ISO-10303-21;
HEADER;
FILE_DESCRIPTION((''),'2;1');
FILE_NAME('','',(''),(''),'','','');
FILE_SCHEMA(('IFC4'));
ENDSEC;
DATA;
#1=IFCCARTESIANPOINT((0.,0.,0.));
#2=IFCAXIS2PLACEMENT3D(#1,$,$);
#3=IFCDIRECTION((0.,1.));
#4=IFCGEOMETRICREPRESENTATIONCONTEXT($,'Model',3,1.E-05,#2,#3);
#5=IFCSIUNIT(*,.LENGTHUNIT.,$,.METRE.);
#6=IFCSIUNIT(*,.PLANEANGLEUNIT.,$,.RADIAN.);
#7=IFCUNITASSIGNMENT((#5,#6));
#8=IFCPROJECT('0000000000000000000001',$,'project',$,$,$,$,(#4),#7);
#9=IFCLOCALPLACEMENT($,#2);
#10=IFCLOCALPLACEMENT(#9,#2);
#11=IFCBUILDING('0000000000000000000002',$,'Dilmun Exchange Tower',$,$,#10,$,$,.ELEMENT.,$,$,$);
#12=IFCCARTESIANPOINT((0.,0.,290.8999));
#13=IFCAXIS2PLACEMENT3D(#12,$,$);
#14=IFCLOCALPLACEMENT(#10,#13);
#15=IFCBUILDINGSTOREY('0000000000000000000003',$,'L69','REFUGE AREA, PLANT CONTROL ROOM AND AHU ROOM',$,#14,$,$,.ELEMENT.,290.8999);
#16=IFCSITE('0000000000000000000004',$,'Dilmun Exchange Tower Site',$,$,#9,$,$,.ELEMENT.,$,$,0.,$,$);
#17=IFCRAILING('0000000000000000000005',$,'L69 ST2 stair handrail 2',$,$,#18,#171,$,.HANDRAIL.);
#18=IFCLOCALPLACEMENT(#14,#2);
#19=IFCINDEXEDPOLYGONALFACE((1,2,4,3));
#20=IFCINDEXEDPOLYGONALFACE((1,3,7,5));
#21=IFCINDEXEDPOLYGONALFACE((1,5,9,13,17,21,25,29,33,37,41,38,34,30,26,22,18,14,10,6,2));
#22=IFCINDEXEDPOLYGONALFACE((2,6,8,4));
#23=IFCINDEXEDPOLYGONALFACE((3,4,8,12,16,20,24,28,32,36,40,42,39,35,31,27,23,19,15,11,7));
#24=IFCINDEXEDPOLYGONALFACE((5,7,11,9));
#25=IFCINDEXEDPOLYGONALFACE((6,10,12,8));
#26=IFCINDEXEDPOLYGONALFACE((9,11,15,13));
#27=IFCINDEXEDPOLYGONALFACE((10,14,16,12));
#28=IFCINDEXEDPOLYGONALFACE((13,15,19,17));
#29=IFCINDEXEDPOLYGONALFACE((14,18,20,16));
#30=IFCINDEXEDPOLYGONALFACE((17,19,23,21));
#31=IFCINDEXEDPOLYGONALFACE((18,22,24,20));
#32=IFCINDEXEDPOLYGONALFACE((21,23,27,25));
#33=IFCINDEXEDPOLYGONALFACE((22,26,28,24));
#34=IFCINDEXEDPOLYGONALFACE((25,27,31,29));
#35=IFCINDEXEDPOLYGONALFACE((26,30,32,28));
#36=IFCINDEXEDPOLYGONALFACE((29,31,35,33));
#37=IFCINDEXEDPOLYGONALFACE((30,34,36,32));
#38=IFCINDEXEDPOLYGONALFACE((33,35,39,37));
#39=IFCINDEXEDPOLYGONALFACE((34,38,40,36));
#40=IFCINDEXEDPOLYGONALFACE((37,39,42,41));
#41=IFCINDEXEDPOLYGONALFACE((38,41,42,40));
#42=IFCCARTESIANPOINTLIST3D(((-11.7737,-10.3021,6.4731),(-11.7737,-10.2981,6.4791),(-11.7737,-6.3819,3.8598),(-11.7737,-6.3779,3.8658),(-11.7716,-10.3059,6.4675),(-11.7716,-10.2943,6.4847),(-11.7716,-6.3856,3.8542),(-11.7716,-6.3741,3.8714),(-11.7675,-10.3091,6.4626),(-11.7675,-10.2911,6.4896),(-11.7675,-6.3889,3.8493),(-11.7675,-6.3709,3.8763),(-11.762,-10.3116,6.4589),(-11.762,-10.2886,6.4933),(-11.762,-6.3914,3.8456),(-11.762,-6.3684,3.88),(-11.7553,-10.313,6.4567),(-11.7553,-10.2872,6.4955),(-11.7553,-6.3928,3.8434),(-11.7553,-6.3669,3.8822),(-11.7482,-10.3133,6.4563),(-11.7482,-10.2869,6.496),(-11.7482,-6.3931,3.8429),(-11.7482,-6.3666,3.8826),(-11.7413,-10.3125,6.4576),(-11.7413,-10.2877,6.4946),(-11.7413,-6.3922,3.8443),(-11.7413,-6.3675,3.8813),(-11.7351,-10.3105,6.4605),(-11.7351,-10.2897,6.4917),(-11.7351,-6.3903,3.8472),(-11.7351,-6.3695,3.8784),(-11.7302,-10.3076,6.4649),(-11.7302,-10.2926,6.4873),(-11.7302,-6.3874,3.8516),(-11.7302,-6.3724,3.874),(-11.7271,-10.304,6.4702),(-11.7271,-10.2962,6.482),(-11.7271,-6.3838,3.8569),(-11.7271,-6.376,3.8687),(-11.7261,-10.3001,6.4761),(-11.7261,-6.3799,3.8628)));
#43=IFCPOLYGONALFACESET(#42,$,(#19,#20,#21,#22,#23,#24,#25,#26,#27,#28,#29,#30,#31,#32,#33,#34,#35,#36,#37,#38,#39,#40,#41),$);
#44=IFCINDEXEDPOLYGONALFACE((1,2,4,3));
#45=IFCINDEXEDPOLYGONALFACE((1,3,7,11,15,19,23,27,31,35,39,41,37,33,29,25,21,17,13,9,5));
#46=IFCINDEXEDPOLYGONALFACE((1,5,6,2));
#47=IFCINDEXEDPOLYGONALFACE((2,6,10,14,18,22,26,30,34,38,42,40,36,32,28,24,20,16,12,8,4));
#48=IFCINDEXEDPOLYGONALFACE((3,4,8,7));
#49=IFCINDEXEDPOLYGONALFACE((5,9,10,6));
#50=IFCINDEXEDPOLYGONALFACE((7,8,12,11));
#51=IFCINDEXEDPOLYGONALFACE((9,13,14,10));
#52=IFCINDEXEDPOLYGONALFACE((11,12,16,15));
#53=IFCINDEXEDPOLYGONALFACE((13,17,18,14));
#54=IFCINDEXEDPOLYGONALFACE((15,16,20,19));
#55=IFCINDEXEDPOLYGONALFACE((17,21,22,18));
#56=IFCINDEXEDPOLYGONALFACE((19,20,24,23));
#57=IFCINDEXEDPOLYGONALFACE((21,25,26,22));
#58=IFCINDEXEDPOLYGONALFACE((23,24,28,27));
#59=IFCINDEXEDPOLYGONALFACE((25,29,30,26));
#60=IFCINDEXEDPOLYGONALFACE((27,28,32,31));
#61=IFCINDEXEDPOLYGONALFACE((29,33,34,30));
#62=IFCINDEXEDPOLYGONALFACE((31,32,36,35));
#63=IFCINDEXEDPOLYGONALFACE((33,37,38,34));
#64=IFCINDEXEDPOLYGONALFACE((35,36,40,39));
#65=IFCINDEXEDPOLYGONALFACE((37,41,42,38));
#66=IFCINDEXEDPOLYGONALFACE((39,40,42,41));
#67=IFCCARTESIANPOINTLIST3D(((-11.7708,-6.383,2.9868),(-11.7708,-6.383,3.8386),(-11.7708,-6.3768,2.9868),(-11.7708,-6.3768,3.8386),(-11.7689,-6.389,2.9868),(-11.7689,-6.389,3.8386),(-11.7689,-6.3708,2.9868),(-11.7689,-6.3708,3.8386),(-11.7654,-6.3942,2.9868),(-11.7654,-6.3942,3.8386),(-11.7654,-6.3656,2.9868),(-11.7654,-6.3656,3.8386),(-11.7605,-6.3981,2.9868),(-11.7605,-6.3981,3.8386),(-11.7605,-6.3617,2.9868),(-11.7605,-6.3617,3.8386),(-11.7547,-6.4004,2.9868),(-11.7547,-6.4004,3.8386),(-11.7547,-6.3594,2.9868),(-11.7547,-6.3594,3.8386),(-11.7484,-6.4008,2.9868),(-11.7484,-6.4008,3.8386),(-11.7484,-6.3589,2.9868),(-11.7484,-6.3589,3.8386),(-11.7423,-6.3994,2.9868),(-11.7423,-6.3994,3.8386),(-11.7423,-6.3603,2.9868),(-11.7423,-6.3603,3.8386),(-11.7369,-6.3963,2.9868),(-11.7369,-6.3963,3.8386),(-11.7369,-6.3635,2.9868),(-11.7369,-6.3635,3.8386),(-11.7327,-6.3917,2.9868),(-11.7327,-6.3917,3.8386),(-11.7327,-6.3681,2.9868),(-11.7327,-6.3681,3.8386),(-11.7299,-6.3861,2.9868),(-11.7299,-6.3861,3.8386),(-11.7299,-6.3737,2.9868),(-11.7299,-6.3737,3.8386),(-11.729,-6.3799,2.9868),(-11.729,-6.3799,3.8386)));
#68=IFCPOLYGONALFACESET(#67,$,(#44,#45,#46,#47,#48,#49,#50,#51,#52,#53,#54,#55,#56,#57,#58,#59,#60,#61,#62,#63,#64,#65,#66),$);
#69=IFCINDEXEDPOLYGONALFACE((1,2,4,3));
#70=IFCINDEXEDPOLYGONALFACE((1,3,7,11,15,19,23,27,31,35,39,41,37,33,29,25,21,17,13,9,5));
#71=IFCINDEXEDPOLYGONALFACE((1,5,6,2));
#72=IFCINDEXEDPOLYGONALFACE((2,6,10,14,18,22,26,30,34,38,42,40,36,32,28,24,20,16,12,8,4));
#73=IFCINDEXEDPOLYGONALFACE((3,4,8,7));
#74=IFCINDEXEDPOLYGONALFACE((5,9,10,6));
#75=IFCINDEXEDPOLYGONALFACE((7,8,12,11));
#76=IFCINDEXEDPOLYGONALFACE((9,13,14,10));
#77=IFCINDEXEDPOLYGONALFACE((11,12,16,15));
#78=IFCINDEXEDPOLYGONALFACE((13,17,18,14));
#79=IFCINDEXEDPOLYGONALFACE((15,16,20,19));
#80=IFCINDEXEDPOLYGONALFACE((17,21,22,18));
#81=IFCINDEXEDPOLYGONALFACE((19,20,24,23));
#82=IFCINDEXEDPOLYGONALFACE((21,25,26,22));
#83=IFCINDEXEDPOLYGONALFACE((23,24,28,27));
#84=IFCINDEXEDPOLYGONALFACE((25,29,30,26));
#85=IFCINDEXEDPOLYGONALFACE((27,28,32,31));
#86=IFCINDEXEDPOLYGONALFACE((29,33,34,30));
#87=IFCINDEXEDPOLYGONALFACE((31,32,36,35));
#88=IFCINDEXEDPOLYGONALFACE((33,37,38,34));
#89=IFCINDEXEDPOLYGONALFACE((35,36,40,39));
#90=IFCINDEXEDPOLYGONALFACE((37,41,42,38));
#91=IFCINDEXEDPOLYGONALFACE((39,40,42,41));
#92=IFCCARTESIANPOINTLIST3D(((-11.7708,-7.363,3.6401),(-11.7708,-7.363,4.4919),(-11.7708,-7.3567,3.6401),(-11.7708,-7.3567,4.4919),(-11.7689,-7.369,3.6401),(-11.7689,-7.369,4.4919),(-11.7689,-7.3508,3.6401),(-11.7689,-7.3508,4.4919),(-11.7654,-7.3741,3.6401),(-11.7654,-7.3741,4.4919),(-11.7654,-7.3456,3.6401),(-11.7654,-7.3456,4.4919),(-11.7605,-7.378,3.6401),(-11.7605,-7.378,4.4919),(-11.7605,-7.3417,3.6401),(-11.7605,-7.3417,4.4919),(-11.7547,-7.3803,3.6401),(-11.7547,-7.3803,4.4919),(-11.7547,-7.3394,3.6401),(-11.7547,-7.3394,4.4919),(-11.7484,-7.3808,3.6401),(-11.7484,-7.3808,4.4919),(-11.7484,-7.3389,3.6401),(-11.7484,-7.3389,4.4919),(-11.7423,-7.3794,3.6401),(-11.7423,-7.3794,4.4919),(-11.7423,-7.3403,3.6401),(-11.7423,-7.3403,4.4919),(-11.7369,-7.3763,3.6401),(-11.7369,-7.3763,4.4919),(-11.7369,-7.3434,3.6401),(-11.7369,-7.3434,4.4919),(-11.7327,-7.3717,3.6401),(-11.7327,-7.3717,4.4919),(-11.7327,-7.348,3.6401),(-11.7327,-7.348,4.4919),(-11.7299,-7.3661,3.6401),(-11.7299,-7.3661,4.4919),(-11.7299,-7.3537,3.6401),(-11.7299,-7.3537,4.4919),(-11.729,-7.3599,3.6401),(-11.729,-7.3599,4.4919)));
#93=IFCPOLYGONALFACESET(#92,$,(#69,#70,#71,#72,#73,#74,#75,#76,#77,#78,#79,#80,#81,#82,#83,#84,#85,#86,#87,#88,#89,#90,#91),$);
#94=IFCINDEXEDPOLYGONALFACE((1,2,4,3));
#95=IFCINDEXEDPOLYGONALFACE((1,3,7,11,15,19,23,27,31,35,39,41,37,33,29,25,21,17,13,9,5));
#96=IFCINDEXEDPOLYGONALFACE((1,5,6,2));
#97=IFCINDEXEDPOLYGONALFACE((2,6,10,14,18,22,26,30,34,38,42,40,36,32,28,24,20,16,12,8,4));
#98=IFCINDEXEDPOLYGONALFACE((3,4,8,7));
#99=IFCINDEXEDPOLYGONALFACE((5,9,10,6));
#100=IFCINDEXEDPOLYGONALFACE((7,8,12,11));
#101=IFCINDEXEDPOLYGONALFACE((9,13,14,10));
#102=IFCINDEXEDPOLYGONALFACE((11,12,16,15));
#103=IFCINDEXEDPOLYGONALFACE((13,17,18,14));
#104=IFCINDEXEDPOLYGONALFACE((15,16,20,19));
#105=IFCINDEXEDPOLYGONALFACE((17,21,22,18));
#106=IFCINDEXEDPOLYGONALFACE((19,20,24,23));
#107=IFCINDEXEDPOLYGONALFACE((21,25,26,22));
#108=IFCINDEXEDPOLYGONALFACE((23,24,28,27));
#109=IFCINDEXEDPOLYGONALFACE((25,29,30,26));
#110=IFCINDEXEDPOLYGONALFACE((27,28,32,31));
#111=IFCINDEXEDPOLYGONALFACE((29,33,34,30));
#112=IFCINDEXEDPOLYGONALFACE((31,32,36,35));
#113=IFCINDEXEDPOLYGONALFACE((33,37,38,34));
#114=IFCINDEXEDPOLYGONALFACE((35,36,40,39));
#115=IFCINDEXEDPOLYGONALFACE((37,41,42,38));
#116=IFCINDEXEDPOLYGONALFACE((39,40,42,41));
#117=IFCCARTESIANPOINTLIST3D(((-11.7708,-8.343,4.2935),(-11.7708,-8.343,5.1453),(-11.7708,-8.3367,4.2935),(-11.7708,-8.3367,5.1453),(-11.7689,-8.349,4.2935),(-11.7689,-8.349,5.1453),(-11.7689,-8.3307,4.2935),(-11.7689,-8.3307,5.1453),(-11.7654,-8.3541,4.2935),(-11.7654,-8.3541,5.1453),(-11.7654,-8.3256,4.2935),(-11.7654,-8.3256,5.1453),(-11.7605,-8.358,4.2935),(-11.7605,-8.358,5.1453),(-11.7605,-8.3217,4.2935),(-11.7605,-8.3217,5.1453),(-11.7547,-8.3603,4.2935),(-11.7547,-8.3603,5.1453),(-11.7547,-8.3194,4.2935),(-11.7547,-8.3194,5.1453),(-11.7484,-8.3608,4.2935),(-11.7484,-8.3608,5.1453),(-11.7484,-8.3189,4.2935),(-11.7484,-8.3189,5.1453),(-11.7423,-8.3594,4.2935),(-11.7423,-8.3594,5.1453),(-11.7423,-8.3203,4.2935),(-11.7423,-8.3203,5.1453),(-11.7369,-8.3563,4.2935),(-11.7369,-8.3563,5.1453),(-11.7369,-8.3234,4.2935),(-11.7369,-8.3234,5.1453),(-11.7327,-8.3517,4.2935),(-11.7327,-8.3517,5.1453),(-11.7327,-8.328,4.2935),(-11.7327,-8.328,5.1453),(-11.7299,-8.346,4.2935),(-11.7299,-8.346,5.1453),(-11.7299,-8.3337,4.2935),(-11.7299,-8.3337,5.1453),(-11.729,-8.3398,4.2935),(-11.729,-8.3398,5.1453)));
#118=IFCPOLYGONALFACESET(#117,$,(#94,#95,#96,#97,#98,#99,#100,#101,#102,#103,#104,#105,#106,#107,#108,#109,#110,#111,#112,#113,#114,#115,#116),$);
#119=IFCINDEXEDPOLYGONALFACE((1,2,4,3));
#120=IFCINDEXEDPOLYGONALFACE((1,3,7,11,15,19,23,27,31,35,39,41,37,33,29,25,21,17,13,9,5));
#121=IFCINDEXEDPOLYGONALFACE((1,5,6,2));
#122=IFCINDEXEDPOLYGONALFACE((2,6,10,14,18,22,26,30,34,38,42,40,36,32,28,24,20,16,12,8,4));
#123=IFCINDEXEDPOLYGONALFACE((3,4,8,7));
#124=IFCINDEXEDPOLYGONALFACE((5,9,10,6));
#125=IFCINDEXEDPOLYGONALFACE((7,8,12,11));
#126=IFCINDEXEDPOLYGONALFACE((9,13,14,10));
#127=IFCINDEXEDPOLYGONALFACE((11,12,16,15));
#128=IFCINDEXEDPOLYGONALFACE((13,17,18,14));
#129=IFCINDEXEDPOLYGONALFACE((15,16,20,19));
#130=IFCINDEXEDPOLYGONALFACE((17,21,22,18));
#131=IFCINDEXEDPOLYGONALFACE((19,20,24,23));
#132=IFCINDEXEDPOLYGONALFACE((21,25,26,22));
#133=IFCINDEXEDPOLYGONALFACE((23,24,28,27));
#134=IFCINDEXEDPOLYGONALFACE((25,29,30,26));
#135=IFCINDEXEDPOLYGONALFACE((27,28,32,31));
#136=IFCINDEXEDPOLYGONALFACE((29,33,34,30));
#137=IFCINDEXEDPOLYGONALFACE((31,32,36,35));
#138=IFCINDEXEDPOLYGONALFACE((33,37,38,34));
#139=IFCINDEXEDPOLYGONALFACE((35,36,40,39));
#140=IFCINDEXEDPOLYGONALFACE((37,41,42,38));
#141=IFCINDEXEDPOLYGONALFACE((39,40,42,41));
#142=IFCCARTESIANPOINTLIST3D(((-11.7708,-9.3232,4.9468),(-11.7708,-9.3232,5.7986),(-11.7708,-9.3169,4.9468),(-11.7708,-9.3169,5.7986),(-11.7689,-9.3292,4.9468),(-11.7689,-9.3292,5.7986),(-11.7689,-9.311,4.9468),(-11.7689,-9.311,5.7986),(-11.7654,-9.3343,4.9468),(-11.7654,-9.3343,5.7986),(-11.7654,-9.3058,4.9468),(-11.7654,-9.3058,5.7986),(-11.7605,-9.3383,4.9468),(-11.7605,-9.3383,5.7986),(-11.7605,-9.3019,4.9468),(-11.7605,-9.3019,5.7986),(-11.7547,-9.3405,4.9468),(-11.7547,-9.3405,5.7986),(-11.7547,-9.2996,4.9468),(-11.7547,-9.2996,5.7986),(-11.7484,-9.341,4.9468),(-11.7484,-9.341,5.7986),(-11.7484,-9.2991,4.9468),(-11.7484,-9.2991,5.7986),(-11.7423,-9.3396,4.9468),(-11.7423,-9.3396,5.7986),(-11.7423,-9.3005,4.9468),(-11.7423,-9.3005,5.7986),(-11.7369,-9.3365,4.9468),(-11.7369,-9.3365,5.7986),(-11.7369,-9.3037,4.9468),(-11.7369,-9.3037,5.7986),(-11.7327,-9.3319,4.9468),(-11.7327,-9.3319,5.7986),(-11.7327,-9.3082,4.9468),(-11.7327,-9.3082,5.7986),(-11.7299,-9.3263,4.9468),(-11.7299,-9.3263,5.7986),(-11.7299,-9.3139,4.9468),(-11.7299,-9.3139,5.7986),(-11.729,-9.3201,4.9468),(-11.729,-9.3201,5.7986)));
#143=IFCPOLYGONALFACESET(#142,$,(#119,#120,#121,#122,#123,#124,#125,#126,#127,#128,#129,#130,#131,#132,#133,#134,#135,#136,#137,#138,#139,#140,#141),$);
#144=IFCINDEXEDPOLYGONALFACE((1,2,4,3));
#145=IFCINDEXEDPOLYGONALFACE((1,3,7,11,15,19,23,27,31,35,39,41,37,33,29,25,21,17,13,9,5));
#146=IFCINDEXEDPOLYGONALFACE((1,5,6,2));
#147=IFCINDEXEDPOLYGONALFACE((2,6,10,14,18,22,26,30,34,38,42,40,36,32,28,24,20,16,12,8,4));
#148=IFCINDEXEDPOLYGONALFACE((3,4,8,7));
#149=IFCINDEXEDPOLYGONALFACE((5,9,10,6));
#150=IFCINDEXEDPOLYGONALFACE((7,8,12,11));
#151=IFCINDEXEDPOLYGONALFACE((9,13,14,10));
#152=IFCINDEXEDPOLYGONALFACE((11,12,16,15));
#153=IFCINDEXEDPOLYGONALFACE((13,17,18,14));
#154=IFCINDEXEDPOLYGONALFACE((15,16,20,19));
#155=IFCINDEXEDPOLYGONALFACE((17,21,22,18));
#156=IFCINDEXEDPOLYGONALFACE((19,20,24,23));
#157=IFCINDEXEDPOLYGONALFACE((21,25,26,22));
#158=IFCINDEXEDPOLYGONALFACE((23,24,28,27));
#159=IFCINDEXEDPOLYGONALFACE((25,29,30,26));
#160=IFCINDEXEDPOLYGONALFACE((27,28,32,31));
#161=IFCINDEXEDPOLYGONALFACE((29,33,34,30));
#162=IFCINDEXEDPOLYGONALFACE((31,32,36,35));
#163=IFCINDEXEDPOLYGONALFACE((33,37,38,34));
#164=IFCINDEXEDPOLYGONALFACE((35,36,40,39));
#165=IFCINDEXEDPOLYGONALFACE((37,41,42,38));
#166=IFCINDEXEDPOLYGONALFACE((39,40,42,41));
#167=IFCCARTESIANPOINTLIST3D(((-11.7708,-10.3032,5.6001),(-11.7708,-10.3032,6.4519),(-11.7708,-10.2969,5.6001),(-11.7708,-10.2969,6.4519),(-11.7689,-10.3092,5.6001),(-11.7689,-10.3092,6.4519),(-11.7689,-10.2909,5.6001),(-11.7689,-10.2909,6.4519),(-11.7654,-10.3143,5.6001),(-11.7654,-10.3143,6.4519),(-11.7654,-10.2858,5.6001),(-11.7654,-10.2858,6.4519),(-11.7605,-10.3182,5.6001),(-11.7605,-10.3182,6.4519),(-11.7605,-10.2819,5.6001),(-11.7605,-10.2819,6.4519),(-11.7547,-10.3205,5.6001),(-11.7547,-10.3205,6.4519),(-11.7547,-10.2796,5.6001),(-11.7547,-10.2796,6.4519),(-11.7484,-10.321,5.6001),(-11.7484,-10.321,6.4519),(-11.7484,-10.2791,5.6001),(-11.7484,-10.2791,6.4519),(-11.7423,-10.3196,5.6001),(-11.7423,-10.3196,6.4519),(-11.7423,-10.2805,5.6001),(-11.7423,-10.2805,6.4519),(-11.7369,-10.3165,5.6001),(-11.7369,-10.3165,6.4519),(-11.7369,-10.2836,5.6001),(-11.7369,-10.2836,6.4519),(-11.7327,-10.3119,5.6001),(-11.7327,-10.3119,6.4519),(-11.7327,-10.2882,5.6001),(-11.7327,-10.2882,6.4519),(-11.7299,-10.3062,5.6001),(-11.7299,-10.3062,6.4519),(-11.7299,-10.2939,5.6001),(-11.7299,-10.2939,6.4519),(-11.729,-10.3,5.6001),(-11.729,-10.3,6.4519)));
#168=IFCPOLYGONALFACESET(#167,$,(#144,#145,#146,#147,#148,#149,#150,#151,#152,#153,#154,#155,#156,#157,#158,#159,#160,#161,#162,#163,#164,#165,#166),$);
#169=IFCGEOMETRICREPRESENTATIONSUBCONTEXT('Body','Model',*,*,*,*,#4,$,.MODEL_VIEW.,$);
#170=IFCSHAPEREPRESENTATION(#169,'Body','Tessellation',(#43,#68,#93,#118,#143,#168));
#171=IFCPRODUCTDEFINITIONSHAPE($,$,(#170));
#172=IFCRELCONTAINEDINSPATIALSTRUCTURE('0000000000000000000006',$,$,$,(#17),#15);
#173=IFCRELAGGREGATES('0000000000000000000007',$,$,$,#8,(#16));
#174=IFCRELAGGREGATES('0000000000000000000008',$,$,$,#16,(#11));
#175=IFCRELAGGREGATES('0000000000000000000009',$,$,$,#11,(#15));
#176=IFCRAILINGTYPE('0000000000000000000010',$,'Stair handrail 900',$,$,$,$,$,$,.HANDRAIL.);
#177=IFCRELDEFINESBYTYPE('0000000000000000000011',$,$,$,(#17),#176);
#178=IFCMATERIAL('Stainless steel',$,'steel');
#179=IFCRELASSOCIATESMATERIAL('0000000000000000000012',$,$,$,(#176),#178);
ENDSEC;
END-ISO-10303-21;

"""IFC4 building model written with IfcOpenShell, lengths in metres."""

from ifc_helpers import new_model, si_unit, direction, frame, origin, origin_2d, place, context, subcontext, project, spatial, circle, extrude, material, type_object, element, save


model = new_model("IFC4")

# Units and contexts
model_context = context("Model", 3, precision=1e-05, world=origin(), true_north=direction((0.0, 1.0)))
body_context = subcontext(model_context, "Body", "Model", "MODEL_VIEW")
ifc_project = project(units=[si_unit("LENGTHUNIT", "METRE"), si_unit("PLANEANGLEUNIT", "RADIAN")], contexts=[model_context])

# Site, building, storey
site_placement = place(None, origin())
site = spatial("IfcSite", under=ifc_project, at=site_placement, Name="Dilmun Exchange Tower Site", CompositionType="ELEMENT", RefElevation=0.0)
building_placement = place(site_placement, origin())
building = spatial("IfcBuilding", under=site, at=building_placement, Name="Dilmun Exchange Tower", CompositionType="ELEMENT")
storey_placement = place(building_placement, frame((0.0, 0.0, 290.8999)))
storey = spatial("IfcBuildingStorey", under=building, at=storey_placement, Name="L69", Description="REFUGE AREA, PLANT CONTROL ROOM AND AHU ROOM", CompositionType="ELEMENT", Elevation=290.8999)

# Railing
ifc_material_1 = material(Name="Stainless steel", Category="steel")
railing_type = type_object("IfcRailingType", Name="Stair handrail 900", PredefinedType="HANDRAIL", material=ifc_material_1)
railing_1_placement = place(storey_placement, frame((-11.75, -6.3799, 2.9868)))
element("IfcRailing", 1, at=railing_1_placement, inside=storey, type_object=railing_type, Name="L69 ST2 stair handrail 2", PredefinedType="HANDRAIL", context=body_context, shape_type="SweptSolid", body=[
    extrude(circle(Radius=0.0239, at=origin_2d()), frame((0.0, 0.0, 0.876), z_axis=(0.0, -0.832066, 0.554676), x_axis=(1.0, 0.0, 0.0)), (0.0, 0.0, 1.0), 4.7114),
    extrude(circle(Radius=0.021, at=origin_2d()), origin(), (0.0, 0.0, 1.0), 0.8518),
    extrude(circle(Radius=0.021, at=origin_2d()), frame((0.0, -0.98, 0.6533)), (0.0, 0.0, 1.0), 0.8518),
    extrude(circle(Radius=0.021, at=origin_2d()), frame((0.0, -1.96, 1.3066)), (0.0, 0.0, 1.0), 0.8518),
    extrude(circle(Radius=0.021, at=origin_2d()), frame((0.0, -2.9402, 1.96)), (0.0, 0.0, 1.0), 0.8518),
    extrude(circle(Radius=0.021, at=origin_2d()), frame((0.0, -3.9202, 2.6133)), (0.0, 0.0, 1.0), 0.8518),
])

save(model, "model.ifc")
